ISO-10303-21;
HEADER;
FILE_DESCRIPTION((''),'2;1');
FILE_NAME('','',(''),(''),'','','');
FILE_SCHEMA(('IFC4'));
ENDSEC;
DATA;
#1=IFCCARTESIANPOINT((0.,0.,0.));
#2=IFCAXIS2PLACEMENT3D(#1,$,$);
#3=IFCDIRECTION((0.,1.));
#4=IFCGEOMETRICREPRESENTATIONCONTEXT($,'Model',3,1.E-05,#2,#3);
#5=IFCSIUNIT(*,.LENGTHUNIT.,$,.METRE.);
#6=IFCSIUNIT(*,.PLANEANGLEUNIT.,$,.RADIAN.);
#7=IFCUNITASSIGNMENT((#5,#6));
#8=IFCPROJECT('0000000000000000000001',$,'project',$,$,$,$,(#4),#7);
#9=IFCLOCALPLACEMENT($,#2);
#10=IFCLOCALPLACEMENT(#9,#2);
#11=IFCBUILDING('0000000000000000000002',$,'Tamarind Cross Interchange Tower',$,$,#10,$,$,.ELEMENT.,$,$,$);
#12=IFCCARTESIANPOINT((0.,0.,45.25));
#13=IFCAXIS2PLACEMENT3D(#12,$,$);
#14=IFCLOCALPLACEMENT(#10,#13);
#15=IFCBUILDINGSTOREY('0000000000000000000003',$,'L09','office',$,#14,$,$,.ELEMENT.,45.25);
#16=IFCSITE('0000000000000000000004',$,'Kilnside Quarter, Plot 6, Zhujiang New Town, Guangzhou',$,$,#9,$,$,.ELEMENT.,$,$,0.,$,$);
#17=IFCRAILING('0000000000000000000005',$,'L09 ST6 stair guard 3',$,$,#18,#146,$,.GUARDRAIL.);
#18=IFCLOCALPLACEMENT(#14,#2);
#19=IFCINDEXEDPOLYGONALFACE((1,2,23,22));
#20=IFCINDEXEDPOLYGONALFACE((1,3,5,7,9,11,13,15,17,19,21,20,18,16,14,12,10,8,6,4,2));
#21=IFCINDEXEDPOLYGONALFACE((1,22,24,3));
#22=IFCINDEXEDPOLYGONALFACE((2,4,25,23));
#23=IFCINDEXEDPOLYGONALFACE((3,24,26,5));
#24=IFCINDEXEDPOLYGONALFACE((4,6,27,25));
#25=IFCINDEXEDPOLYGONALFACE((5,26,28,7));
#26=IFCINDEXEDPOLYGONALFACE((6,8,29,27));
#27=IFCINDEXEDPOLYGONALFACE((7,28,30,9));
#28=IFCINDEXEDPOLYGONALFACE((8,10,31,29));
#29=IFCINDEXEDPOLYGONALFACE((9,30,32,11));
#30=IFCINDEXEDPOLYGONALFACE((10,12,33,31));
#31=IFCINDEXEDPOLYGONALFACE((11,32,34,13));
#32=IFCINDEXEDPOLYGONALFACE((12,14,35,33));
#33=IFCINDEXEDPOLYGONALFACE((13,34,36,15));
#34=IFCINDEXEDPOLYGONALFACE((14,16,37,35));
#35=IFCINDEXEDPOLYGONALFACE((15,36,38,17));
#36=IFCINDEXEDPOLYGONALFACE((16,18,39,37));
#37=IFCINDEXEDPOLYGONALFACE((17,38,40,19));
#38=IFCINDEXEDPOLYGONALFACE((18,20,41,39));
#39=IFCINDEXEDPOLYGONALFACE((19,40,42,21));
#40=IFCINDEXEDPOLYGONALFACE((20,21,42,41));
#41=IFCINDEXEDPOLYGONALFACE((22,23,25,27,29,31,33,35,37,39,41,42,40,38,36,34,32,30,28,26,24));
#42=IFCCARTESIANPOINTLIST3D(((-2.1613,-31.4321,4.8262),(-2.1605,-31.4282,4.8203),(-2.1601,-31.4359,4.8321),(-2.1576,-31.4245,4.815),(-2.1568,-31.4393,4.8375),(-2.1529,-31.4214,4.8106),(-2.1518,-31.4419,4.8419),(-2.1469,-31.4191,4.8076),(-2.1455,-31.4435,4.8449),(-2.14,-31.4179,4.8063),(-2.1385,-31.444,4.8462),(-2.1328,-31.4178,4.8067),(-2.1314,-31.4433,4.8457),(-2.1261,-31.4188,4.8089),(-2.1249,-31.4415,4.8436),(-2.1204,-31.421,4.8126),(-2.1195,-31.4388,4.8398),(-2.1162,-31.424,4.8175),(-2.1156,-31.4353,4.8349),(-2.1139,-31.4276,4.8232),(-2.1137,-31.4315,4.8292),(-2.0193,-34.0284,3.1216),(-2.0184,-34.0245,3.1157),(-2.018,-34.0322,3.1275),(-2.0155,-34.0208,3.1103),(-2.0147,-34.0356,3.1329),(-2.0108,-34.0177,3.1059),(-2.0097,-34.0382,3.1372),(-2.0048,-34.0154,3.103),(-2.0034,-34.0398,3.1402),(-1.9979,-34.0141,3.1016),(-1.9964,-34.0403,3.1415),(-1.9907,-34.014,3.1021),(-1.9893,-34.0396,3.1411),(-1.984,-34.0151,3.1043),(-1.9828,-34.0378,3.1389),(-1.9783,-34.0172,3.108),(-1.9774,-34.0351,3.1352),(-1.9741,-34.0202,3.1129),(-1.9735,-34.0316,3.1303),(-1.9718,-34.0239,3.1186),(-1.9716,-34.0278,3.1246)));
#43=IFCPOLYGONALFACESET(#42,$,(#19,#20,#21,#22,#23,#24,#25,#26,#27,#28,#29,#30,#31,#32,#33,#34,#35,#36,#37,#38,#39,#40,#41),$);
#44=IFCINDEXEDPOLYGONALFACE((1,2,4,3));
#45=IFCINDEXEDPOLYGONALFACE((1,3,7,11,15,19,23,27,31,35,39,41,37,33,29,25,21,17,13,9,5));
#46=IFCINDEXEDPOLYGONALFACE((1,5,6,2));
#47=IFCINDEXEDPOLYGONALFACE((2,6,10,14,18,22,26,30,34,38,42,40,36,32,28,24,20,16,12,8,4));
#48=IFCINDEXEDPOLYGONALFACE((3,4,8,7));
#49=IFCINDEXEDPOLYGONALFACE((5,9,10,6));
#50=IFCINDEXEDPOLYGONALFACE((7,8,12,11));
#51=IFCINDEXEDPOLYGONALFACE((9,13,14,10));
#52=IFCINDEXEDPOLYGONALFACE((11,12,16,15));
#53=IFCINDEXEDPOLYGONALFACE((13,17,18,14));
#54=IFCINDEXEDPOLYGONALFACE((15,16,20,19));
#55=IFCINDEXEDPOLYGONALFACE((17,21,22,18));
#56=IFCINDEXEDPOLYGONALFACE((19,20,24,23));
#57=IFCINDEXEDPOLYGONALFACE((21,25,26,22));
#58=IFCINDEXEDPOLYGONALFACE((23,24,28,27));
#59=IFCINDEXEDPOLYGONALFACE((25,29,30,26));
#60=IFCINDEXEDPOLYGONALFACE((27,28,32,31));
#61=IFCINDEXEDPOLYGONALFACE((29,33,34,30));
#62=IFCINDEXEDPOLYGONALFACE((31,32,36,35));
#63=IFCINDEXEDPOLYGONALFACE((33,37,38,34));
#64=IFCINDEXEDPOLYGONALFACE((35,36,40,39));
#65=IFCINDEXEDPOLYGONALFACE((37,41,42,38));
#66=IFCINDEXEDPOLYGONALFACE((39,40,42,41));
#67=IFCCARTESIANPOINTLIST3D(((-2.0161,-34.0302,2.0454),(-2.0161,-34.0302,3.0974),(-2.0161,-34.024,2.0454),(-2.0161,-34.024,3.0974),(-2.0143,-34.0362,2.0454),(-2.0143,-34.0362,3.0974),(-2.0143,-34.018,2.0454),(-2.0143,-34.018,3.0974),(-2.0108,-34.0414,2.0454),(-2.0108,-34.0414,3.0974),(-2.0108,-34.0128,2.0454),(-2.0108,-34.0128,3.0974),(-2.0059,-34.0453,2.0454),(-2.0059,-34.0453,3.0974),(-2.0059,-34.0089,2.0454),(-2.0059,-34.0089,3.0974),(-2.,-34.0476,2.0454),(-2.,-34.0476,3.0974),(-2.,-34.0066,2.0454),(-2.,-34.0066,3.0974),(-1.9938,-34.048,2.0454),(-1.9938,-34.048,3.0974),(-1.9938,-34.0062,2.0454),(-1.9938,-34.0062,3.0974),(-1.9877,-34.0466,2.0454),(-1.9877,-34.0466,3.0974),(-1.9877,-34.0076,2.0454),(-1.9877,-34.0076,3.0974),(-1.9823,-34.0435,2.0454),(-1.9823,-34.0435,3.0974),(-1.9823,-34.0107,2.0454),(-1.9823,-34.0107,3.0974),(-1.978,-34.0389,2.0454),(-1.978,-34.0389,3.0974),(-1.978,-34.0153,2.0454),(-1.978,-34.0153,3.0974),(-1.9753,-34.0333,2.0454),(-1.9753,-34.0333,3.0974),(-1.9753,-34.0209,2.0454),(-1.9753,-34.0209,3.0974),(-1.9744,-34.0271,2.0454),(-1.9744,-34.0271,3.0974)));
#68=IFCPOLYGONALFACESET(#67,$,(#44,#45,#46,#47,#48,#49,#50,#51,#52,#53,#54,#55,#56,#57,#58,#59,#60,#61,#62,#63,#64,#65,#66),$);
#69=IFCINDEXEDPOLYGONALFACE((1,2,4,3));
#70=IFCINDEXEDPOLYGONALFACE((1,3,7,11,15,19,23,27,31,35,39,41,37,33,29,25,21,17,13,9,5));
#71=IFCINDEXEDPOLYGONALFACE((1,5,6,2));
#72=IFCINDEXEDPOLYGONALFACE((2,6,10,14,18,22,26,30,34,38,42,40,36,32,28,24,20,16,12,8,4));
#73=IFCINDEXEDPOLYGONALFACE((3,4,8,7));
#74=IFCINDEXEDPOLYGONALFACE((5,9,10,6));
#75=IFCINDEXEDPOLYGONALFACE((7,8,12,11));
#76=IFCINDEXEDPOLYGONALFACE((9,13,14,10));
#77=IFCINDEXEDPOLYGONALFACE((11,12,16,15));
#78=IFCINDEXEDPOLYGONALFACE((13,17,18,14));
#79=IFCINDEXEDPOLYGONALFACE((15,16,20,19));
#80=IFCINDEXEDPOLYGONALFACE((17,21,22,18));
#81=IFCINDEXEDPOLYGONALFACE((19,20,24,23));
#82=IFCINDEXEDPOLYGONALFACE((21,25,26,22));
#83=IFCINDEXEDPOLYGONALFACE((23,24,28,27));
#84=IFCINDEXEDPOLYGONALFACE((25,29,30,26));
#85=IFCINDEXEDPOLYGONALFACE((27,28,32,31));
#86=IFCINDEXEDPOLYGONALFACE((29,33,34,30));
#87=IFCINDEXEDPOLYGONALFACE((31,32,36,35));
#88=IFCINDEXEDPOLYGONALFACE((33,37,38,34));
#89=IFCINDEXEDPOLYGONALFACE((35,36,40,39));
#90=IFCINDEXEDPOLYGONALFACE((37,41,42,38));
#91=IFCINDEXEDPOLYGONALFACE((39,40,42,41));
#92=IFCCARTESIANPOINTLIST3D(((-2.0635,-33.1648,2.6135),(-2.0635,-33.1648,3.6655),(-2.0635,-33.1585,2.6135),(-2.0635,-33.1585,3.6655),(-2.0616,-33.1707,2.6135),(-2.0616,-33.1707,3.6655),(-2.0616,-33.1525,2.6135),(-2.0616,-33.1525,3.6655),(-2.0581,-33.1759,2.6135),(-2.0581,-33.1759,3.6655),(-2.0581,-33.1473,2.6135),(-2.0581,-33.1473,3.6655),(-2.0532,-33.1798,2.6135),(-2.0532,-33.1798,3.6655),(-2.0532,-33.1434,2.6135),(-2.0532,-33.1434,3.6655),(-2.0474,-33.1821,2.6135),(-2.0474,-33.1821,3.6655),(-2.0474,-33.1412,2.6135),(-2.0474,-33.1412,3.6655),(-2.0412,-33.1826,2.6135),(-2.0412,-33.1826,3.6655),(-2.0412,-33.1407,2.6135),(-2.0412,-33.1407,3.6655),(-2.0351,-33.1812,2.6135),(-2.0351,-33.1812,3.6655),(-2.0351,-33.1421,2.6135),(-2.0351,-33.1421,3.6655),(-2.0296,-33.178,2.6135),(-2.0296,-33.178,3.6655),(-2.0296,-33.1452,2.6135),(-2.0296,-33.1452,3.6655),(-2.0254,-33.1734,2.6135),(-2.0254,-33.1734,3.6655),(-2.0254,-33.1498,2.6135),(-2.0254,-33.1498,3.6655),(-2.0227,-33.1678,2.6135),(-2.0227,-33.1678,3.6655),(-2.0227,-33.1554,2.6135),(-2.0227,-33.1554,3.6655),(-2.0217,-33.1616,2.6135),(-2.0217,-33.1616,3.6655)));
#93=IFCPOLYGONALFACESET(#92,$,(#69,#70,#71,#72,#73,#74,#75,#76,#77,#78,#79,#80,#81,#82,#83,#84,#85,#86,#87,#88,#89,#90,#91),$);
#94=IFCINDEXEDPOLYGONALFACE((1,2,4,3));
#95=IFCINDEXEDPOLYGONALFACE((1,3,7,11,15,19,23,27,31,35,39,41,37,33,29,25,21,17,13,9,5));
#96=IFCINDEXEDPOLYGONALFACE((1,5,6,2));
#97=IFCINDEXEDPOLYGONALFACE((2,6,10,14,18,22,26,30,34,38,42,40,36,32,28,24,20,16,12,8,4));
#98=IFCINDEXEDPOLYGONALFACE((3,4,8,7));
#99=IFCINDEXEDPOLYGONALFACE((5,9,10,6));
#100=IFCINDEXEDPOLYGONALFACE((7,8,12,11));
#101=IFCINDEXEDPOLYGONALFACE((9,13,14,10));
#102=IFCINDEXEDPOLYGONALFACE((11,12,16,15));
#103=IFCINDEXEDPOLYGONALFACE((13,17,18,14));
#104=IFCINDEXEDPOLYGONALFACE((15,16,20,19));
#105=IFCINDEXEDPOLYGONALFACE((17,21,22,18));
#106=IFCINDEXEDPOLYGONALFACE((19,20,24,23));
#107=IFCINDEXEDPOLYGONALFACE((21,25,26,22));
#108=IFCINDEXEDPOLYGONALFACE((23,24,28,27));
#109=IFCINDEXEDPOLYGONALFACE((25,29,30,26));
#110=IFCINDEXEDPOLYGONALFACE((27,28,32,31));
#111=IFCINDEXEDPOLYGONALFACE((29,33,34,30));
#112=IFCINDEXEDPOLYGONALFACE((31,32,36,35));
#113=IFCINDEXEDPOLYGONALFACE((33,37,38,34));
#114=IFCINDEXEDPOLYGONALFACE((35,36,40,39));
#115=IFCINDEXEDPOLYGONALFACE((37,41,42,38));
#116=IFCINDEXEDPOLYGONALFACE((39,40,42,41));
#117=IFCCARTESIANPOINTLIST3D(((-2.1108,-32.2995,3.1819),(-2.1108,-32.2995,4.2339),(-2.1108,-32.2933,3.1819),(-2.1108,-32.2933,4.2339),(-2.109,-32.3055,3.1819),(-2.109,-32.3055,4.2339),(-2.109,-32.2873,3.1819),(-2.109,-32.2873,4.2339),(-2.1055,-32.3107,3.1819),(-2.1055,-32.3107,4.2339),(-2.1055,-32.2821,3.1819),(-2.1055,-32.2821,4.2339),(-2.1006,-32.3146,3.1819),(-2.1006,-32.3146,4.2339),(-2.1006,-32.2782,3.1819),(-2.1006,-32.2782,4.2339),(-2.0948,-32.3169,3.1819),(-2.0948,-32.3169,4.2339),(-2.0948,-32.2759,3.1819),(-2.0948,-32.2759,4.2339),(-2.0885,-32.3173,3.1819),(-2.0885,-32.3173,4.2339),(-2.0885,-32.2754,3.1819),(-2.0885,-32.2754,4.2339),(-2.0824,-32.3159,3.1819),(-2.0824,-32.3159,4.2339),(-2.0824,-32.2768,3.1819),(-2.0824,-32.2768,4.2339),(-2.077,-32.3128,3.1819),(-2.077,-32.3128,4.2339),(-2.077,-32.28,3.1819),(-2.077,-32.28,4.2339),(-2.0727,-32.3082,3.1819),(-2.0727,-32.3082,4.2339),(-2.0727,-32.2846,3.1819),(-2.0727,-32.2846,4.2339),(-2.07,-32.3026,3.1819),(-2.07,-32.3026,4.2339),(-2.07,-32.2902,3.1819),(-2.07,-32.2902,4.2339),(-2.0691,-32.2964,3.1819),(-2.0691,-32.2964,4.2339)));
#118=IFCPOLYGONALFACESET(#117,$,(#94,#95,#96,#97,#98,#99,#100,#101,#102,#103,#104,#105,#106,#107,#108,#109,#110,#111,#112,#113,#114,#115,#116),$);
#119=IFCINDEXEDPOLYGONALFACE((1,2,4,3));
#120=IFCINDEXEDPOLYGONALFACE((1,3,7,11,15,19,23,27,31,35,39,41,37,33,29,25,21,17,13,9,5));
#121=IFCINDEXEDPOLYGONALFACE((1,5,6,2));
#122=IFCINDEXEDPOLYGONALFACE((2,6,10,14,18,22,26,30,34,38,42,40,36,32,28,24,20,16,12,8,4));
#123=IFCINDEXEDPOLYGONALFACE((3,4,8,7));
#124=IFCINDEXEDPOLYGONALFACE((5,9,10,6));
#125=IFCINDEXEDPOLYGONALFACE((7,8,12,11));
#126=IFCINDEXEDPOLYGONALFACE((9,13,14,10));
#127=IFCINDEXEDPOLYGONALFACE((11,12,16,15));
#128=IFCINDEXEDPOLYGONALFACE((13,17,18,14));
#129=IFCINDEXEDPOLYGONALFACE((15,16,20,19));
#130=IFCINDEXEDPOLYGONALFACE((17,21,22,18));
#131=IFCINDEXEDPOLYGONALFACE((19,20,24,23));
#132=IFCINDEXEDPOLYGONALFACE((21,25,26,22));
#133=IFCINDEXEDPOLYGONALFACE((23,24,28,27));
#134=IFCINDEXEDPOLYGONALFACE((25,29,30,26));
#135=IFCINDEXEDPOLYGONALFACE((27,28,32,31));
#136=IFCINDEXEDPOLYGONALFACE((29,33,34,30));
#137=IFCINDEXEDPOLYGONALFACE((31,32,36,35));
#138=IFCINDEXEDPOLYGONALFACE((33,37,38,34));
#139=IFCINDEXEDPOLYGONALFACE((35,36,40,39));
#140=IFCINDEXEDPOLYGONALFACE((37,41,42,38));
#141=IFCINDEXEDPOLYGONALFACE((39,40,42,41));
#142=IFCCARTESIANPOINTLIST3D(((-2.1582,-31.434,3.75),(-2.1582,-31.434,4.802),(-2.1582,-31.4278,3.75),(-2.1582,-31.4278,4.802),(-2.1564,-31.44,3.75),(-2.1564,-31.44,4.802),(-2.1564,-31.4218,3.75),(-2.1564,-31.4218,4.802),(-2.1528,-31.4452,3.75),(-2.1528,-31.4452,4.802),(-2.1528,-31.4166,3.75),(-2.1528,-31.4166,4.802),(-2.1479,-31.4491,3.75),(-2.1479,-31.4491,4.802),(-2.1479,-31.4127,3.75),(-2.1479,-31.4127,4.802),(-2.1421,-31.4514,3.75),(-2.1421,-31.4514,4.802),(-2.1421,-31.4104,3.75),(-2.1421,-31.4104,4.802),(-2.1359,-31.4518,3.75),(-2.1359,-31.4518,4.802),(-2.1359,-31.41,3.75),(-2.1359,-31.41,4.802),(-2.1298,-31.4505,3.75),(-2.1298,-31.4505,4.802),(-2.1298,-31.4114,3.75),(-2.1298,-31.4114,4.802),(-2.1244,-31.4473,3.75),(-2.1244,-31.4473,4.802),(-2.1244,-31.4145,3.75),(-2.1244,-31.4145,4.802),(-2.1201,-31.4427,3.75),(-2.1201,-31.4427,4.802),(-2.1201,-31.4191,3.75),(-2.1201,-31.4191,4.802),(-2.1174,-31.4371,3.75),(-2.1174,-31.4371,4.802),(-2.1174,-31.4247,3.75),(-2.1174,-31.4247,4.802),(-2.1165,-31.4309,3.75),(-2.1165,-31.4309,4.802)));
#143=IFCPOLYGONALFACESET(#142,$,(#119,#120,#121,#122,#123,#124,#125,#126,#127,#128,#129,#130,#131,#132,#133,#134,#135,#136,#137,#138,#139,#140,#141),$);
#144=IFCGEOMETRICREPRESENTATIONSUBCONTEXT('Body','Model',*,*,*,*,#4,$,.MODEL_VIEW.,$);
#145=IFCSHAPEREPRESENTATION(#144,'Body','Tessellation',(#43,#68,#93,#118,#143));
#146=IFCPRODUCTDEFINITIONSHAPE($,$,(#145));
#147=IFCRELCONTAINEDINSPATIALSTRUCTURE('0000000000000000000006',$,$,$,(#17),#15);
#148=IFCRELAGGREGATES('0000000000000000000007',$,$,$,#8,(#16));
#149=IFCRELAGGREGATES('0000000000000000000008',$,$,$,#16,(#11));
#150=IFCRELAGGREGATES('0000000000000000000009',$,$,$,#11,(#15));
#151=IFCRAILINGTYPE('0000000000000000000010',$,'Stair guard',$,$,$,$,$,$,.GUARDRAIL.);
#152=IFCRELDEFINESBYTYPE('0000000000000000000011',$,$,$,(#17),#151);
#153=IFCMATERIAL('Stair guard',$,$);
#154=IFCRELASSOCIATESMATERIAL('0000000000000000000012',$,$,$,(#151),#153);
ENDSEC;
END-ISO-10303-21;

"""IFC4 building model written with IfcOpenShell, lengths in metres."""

from ifc_helpers import new_model, si_unit, direction, frame, origin, origin_2d, place, context, subcontext, project, spatial, circle, extrude, material, type_object, element, save


model = new_model("IFC4")

# Units and contexts
model_context = context("Model", 3, precision=1e-05, world=origin(), true_north=direction((0.0, 1.0)))
body_context = subcontext(model_context, "Body", "Model", "MODEL_VIEW")
ifc_project = project(units=[si_unit("LENGTHUNIT", "METRE"), si_unit("PLANEANGLEUNIT", "RADIAN")], contexts=[model_context])

# Site, building, storey
site_placement = place(None, origin())
site = spatial("IfcSite", under=ifc_project, at=site_placement, Name="Kilnside Quarter, Plot 6, Zhujiang New Town, Guangzhou", CompositionType="ELEMENT", RefElevation=0.0)
building_placement = place(site_placement, origin())
building = spatial("IfcBuilding", under=site, at=building_placement, Name="Tamarind Cross Interchange Tower", CompositionType="ELEMENT")
storey_placement = place(building_placement, frame((0.0, 0.0, 45.25)))
storey = spatial("IfcBuildingStorey", under=building, at=storey_placement, Name="L09", Description="office", CompositionType="ELEMENT", Elevation=45.25)

# Railing
ifc_material_1 = material(Name="Stair guard")
railing_type_1 = type_object("IfcRailingType", Name="Stair guard", PredefinedType="GUARDRAIL", material=ifc_material_1)
railing_1_placement = place(storey_placement, frame((-1.9954, -34.0271, 2.0454)))
element("IfcRailing", 1, at=railing_1_placement, inside=storey, type_object=railing_type_1, Name="L09 ST6 stair guard 3", PredefinedType="GUARDRAIL", context=body_context, shape_type="SweptSolid", body=[
    extrude(circle(Radius=0.0239, at=origin_2d()), frame((0.0, 0.0, 1.0762), z_axis=(-0.045702, 0.83505, 0.548272), x_axis=(-0.998506, -0.054648, 0.0)), (0.0, 0.0, 1.0), 3.1091),
    extrude(circle(Radius=0.021, at=origin_2d()), origin(), (0.0, 0.0, 1.0), 1.052),
    extrude(circle(Radius=0.021, at=origin_2d()), frame((-0.0474, 0.8655, 0.5681)), (0.0, 0.0, 1.0), 1.052),
    extrude(circle(Radius=0.021, at=origin_2d()), frame((-0.0947, 1.7307, 1.1365)), (0.0, 0.0, 1.0), 1.052),
    extrude(circle(Radius=0.021, at=origin_2d()), frame((-0.1421, 2.5962, 1.7046)), (0.0, 0.0, 1.0), 1.052),
])

save(model, "model.ifc")
